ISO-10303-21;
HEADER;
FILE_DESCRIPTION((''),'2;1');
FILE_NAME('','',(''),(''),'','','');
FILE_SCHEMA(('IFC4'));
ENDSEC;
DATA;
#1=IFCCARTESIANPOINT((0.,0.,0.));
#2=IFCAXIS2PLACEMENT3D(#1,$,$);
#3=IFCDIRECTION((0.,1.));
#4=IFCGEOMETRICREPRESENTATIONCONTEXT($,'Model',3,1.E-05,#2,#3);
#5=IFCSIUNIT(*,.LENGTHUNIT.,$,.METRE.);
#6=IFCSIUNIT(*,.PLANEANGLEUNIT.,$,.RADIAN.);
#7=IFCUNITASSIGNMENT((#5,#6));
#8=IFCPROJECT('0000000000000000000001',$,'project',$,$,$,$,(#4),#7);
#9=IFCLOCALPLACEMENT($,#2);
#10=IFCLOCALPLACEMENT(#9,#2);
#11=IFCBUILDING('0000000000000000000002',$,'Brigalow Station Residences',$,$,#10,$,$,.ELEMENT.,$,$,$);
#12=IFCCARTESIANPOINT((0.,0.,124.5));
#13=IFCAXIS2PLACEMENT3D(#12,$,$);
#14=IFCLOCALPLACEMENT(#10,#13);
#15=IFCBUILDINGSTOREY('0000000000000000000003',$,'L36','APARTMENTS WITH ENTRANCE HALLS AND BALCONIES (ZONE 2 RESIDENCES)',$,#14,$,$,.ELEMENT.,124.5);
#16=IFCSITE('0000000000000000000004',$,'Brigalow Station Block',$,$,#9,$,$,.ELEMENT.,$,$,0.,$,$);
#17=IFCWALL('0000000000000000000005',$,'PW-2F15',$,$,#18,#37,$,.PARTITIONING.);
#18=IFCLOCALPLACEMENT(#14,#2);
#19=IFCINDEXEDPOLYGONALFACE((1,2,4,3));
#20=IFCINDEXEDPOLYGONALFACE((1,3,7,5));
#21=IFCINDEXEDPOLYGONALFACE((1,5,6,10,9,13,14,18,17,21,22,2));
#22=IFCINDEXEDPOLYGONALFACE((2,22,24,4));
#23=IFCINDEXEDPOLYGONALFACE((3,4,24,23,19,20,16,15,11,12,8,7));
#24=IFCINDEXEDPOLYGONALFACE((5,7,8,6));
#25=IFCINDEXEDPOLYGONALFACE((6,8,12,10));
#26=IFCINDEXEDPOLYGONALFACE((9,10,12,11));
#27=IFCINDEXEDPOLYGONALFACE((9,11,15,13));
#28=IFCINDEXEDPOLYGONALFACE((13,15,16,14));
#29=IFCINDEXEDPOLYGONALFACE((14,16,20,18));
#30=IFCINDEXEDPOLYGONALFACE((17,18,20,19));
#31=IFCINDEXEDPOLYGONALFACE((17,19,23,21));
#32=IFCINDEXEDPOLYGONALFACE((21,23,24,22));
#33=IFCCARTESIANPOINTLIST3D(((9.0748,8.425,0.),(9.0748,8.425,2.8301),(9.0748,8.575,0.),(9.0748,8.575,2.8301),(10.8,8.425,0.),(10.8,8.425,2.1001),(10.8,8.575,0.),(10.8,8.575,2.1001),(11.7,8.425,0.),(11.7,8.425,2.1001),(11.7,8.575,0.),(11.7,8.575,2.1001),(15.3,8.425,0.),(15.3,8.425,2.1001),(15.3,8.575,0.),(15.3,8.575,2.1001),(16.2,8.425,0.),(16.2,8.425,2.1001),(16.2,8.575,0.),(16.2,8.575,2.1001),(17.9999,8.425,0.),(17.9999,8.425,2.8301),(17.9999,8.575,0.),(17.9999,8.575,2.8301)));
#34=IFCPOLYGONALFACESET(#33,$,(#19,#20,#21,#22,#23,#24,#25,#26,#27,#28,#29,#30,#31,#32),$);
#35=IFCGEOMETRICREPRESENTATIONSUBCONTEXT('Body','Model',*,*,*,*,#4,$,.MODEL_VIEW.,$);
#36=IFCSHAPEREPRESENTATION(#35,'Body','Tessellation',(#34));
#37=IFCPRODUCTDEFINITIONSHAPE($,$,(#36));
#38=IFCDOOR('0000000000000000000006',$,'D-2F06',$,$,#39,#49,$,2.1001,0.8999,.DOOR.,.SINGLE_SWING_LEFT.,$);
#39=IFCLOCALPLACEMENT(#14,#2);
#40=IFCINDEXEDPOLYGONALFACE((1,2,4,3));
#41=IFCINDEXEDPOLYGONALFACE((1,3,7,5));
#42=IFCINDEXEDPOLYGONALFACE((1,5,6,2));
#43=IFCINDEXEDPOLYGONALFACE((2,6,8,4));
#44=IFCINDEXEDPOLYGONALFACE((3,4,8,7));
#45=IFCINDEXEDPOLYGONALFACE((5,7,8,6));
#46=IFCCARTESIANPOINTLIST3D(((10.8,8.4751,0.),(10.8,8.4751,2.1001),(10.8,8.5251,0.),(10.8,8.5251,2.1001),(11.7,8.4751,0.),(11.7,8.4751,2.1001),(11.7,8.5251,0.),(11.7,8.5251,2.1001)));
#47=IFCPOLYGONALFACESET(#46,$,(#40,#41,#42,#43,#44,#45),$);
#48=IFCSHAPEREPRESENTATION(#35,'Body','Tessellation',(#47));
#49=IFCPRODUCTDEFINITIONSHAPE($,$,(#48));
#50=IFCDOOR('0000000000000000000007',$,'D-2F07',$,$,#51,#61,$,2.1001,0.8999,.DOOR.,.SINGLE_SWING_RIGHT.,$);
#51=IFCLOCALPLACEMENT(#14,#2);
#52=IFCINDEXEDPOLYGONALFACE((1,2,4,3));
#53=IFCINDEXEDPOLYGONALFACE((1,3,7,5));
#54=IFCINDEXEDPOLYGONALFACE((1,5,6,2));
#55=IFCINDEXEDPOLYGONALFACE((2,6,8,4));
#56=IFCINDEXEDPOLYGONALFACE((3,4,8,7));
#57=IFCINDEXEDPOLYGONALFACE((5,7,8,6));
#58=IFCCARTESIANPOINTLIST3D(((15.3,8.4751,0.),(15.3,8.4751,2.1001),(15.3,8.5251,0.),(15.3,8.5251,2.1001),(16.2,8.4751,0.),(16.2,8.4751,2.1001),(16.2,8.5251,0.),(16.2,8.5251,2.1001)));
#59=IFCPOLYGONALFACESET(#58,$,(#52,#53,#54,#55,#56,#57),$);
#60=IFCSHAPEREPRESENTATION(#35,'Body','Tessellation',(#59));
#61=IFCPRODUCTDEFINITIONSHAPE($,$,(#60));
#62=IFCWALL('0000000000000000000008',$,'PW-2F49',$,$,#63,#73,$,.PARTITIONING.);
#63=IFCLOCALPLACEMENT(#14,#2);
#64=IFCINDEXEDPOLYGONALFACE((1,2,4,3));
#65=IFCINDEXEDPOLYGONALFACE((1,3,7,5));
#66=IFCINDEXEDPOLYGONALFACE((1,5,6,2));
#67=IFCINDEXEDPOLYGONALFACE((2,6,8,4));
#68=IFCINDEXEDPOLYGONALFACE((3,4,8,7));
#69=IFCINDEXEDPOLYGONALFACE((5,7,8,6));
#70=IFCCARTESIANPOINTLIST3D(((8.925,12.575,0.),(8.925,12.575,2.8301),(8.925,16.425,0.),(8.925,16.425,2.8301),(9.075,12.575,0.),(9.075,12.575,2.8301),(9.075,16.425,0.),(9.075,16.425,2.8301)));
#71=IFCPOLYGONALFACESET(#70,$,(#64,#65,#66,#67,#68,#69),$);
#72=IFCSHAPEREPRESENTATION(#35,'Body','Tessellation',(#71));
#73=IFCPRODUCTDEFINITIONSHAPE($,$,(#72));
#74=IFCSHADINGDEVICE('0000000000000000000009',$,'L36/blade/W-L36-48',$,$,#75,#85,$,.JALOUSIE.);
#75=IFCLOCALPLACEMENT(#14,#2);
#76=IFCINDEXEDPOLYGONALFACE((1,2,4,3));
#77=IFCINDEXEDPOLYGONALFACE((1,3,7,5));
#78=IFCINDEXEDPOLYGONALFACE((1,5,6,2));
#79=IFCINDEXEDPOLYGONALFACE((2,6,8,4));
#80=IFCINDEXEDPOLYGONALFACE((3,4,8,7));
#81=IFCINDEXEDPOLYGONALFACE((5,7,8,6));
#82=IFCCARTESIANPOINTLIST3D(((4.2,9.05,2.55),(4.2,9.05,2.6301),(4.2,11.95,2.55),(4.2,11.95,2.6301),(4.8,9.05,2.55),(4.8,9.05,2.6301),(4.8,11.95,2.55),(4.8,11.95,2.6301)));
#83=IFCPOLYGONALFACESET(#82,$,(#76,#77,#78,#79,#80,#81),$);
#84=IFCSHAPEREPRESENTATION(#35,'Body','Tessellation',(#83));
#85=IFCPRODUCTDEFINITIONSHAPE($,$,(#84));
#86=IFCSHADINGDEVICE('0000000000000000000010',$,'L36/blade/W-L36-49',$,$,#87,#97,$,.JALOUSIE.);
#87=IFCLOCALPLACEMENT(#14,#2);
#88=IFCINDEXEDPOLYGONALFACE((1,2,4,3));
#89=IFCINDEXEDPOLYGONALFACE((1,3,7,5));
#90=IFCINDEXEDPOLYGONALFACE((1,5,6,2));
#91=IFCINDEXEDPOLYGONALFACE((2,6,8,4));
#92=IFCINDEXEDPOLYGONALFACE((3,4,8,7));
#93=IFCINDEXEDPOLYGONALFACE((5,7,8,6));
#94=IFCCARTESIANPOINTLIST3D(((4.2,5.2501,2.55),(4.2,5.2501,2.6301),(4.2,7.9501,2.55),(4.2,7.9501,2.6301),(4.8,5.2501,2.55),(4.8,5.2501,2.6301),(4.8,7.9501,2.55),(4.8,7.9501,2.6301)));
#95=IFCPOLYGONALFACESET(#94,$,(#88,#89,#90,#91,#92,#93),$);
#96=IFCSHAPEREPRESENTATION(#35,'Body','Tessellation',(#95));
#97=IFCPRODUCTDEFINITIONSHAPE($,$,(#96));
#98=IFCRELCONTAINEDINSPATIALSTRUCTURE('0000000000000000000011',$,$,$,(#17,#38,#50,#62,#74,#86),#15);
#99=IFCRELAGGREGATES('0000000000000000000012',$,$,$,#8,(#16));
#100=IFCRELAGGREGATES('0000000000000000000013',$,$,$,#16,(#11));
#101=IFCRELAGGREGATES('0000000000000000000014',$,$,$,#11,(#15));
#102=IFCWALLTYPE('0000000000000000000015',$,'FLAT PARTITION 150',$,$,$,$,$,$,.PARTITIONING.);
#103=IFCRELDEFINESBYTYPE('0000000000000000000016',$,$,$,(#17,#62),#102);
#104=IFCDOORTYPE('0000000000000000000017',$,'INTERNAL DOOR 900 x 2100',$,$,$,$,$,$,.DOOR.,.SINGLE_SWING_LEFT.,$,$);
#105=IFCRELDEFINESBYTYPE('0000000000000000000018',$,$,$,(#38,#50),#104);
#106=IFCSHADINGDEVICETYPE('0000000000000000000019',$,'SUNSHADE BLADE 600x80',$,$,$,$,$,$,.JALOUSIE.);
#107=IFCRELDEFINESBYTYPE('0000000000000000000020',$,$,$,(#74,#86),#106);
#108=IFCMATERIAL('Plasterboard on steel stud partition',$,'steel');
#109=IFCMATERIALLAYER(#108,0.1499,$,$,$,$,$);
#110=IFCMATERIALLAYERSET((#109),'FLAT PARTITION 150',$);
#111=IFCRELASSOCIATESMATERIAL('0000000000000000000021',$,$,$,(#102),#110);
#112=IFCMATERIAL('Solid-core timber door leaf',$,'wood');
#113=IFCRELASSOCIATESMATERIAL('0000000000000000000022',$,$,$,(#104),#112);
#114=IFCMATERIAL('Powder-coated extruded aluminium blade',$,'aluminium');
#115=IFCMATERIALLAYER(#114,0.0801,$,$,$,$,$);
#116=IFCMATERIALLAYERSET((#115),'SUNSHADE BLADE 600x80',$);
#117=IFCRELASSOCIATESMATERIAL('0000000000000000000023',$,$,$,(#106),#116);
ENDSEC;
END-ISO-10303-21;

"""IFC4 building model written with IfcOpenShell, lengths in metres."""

from ifc_helpers import new_model, si_unit, direction, frame, frame_2d, origin, origin_2d, place, context, subcontext, project, spatial, rectangle, extrude, material, layer, layer_set, type_object, element, fill, save


model = new_model("IFC4")

# Units and contexts
model_context = context("Model", 3, precision=1e-05, world=origin(), true_north=direction((0.0, 1.0)))
body_context = subcontext(model_context, "Body", "Model", "MODEL_VIEW")
ifc_project = project(units=[si_unit("LENGTHUNIT", "METRE"), si_unit("PLANEANGLEUNIT", "RADIAN")], contexts=[model_context])

# Site, building, storey
site_placement = place(None, origin())
site = spatial("IfcSite", under=ifc_project, at=site_placement, Name="Brigalow Station Block", CompositionType="ELEMENT", RefElevation=0.0)
building_placement = place(site_placement, origin())
building = spatial("IfcBuilding", under=site, at=building_placement, Name="Brigalow Station Residences", CompositionType="ELEMENT")
storey_placement = place(building_placement, frame((0.0, 0.0, 124.5)))
storey = spatial("IfcBuildingStorey", under=building, at=storey_placement, Name="L36", Description="APARTMENTS WITH ENTRANCE HALLS AND BALCONIES (ZONE 2 RESIDENCES)", CompositionType="ELEMENT", Elevation=124.5)

# Shared definitions
ifc_material_1 = material(Name="Plasterboard on steel stud partition", Category="steel")
ifc_layer_1 = layer(ifc_material_1, 0.1499)
ifc_layer_set_1 = layer_set([ifc_layer_1], Name="FLAT PARTITION 150")
wall_type_1 = type_object("IfcWallType", Name="FLAT PARTITION 150", PredefinedType="PARTITIONING", material=ifc_layer_set_1)
ifc_material_2 = material(Name="Solid-core timber door leaf", Category="wood")
door_type = type_object("IfcDoorType", Name="INTERNAL DOOR 900 x 2100", OperationType="SINGLE_SWING_LEFT", PredefinedType="DOOR", material=ifc_material_2)

# Wall, openings, doors
wall_1_placement = place(storey_placement, frame((9.075, 8.5, 0.0), z_axis=(0.0, 0.0, 1.0), x_axis=(1.0, 0.0, 0.0)))
wall_1 = element("IfcWall", 1, at=wall_1_placement, inside=storey, type_object=wall_type_1, Name="PW-2F15", PredefinedType="PARTITIONING", context=body_context, shape_type="SweptSolid", body=[
    extrude(rectangle(XDim=8.925, YDim=0.1499, at=frame_2d((4.4624, 0.0))), origin(), (0.0, 0.0, 1.0), 2.8301),
])
opening_1_placement = place(wall_1_placement, frame((1.7251, 0.0, 0.0)))
opening_1 = element("IfcOpeningElement", 2, at=opening_1_placement, cuts=wall_1, PredefinedType="OPENING", context=body_context, shape_type="SweptSolid", body=[
    extrude(rectangle(XDim=0.8999, YDim=2.1001, at=frame_2d((0.45, 1.05))), frame((0.0, 0.085, 0.0), z_axis=(0.0, -1.0, 0.0), x_axis=(1.0, 0.0, 0.0)), (0.0, 0.0, 1.0), 0.1699),
])
opening_2_placement = place(wall_1_placement, frame((6.2251, 0.0, 0.0)))
opening_2 = element("IfcOpeningElement", 3, at=opening_2_placement, cuts=wall_1, PredefinedType="OPENING", context=body_context, shape_type="SweptSolid", body=[
    extrude(rectangle(XDim=0.8999, YDim=2.1001, at=frame_2d((0.45, 1.05))), frame((0.0, 0.085, 0.0), z_axis=(0.0, -1.0, 0.0), x_axis=(1.0, 0.0, 0.0)), (0.0, 0.0, 1.0), 0.1699),
])
door_1_placement = place(opening_1_placement, frame((0.8999, 0.0, 0.0), z_axis=(0.0, 0.0, 1.0), x_axis=(-1.0, 0.0, 0.0)))
door_1 = element("IfcDoor", 4, at=door_1_placement, inside=storey, type_object=door_type, Name="D-2F06", OperationType="SINGLE_SWING_LEFT", OverallHeight=2.1001, OverallWidth=0.8999, PredefinedType="DOOR", context=body_context, shape_type="SweptSolid", body=[
    extrude(rectangle(XDim=0.8999, YDim=2.1001, at=frame_2d((0.45, 1.05))), frame((0.0, 0.0249, 0.0), z_axis=(0.0, -1.0, 0.0), x_axis=(1.0, 0.0, 0.0)), (0.0, 0.0, 1.0), 0.05),
])
fill(opening_1, door_1)
door_2_placement = place(opening_2_placement, frame((0.8999, 0.0, 0.0), z_axis=(0.0, 0.0, 1.0), x_axis=(-1.0, 0.0, 0.0)))
door_2 = element("IfcDoor", 5, at=door_2_placement, inside=storey, type_object=door_type, Name="D-2F07", OperationType="SINGLE_SWING_RIGHT", OverallHeight=2.1001, OverallWidth=0.8999, PredefinedType="DOOR", context=body_context, shape_type="SweptSolid", body=[
    extrude(rectangle(XDim=0.8999, YDim=2.1001, at=frame_2d((0.45, 1.05))), frame((0.0, 0.0249, 0.0), z_axis=(0.0, -1.0, 0.0), x_axis=(1.0, 0.0, 0.0)), (0.0, 0.0, 1.0), 0.05),
])
fill(opening_2, door_2)

# Wall
wall_2_placement = place(storey_placement, frame((9.0, 12.575, 0.0), z_axis=(0.0, 0.0, 1.0), x_axis=(0.0, 1.0, 0.0)))
element("IfcWall", 6, at=wall_2_placement, inside=storey, type_object=wall_type_1, Name="PW-2F49", PredefinedType="PARTITIONING", context=body_context, shape_type="SweptSolid", body=[
    extrude(rectangle(XDim=3.8501, YDim=0.1499, at=frame_2d((1.925, 0.0))), origin(), (0.0, 0.0, 1.0), 2.8301),
])

# Shading devices
ifc_material_3 = material(Name="Powder-coated extruded aluminium blade", Category="aluminium")
ifc_layer_2 = layer(ifc_material_3, 0.0801)
ifc_layer_set_2 = layer_set([ifc_layer_2], Name="SUNSHADE BLADE 600x80")
shading_device_type = type_object("IfcShadingDeviceType", Name="SUNSHADE BLADE 600x80", PredefinedType="JALOUSIE", material=ifc_layer_set_2)
shading_device_1_placement = place(storey_placement, frame((4.5, 10.5, 2.55), z_axis=(0.0, 0.0, 1.0), x_axis=(0.0, -1.0, 0.0)))
element("IfcShadingDevice", 7, at=shading_device_1_placement, inside=storey, type_object=shading_device_type, Name="L36/blade/W-L36-48", PredefinedType="JALOUSIE", context=body_context, shape_type="SweptSolid", body=[
    extrude(rectangle(XDim=2.8999, YDim=0.6001, at=origin_2d()), origin(), (0.0, 0.0, 1.0), 0.0801),
])
shading_device_2_placement = place(storey_placement, frame((4.5, 6.6001, 2.55), z_axis=(0.0, 0.0, 1.0), x_axis=(0.0, -1.0, 0.0)))
element("IfcShadingDevice", 8, at=shading_device_2_placement, inside=storey, type_object=shading_device_type, Name="L36/blade/W-L36-49", PredefinedType="JALOUSIE", context=body_context, shape_type="SweptSolid", body=[
    extrude(rectangle(XDim=2.7, YDim=0.6001, at=origin_2d()), origin(), (0.0, 0.0, 1.0), 0.0801),
])

save(model, "model.ifc")
